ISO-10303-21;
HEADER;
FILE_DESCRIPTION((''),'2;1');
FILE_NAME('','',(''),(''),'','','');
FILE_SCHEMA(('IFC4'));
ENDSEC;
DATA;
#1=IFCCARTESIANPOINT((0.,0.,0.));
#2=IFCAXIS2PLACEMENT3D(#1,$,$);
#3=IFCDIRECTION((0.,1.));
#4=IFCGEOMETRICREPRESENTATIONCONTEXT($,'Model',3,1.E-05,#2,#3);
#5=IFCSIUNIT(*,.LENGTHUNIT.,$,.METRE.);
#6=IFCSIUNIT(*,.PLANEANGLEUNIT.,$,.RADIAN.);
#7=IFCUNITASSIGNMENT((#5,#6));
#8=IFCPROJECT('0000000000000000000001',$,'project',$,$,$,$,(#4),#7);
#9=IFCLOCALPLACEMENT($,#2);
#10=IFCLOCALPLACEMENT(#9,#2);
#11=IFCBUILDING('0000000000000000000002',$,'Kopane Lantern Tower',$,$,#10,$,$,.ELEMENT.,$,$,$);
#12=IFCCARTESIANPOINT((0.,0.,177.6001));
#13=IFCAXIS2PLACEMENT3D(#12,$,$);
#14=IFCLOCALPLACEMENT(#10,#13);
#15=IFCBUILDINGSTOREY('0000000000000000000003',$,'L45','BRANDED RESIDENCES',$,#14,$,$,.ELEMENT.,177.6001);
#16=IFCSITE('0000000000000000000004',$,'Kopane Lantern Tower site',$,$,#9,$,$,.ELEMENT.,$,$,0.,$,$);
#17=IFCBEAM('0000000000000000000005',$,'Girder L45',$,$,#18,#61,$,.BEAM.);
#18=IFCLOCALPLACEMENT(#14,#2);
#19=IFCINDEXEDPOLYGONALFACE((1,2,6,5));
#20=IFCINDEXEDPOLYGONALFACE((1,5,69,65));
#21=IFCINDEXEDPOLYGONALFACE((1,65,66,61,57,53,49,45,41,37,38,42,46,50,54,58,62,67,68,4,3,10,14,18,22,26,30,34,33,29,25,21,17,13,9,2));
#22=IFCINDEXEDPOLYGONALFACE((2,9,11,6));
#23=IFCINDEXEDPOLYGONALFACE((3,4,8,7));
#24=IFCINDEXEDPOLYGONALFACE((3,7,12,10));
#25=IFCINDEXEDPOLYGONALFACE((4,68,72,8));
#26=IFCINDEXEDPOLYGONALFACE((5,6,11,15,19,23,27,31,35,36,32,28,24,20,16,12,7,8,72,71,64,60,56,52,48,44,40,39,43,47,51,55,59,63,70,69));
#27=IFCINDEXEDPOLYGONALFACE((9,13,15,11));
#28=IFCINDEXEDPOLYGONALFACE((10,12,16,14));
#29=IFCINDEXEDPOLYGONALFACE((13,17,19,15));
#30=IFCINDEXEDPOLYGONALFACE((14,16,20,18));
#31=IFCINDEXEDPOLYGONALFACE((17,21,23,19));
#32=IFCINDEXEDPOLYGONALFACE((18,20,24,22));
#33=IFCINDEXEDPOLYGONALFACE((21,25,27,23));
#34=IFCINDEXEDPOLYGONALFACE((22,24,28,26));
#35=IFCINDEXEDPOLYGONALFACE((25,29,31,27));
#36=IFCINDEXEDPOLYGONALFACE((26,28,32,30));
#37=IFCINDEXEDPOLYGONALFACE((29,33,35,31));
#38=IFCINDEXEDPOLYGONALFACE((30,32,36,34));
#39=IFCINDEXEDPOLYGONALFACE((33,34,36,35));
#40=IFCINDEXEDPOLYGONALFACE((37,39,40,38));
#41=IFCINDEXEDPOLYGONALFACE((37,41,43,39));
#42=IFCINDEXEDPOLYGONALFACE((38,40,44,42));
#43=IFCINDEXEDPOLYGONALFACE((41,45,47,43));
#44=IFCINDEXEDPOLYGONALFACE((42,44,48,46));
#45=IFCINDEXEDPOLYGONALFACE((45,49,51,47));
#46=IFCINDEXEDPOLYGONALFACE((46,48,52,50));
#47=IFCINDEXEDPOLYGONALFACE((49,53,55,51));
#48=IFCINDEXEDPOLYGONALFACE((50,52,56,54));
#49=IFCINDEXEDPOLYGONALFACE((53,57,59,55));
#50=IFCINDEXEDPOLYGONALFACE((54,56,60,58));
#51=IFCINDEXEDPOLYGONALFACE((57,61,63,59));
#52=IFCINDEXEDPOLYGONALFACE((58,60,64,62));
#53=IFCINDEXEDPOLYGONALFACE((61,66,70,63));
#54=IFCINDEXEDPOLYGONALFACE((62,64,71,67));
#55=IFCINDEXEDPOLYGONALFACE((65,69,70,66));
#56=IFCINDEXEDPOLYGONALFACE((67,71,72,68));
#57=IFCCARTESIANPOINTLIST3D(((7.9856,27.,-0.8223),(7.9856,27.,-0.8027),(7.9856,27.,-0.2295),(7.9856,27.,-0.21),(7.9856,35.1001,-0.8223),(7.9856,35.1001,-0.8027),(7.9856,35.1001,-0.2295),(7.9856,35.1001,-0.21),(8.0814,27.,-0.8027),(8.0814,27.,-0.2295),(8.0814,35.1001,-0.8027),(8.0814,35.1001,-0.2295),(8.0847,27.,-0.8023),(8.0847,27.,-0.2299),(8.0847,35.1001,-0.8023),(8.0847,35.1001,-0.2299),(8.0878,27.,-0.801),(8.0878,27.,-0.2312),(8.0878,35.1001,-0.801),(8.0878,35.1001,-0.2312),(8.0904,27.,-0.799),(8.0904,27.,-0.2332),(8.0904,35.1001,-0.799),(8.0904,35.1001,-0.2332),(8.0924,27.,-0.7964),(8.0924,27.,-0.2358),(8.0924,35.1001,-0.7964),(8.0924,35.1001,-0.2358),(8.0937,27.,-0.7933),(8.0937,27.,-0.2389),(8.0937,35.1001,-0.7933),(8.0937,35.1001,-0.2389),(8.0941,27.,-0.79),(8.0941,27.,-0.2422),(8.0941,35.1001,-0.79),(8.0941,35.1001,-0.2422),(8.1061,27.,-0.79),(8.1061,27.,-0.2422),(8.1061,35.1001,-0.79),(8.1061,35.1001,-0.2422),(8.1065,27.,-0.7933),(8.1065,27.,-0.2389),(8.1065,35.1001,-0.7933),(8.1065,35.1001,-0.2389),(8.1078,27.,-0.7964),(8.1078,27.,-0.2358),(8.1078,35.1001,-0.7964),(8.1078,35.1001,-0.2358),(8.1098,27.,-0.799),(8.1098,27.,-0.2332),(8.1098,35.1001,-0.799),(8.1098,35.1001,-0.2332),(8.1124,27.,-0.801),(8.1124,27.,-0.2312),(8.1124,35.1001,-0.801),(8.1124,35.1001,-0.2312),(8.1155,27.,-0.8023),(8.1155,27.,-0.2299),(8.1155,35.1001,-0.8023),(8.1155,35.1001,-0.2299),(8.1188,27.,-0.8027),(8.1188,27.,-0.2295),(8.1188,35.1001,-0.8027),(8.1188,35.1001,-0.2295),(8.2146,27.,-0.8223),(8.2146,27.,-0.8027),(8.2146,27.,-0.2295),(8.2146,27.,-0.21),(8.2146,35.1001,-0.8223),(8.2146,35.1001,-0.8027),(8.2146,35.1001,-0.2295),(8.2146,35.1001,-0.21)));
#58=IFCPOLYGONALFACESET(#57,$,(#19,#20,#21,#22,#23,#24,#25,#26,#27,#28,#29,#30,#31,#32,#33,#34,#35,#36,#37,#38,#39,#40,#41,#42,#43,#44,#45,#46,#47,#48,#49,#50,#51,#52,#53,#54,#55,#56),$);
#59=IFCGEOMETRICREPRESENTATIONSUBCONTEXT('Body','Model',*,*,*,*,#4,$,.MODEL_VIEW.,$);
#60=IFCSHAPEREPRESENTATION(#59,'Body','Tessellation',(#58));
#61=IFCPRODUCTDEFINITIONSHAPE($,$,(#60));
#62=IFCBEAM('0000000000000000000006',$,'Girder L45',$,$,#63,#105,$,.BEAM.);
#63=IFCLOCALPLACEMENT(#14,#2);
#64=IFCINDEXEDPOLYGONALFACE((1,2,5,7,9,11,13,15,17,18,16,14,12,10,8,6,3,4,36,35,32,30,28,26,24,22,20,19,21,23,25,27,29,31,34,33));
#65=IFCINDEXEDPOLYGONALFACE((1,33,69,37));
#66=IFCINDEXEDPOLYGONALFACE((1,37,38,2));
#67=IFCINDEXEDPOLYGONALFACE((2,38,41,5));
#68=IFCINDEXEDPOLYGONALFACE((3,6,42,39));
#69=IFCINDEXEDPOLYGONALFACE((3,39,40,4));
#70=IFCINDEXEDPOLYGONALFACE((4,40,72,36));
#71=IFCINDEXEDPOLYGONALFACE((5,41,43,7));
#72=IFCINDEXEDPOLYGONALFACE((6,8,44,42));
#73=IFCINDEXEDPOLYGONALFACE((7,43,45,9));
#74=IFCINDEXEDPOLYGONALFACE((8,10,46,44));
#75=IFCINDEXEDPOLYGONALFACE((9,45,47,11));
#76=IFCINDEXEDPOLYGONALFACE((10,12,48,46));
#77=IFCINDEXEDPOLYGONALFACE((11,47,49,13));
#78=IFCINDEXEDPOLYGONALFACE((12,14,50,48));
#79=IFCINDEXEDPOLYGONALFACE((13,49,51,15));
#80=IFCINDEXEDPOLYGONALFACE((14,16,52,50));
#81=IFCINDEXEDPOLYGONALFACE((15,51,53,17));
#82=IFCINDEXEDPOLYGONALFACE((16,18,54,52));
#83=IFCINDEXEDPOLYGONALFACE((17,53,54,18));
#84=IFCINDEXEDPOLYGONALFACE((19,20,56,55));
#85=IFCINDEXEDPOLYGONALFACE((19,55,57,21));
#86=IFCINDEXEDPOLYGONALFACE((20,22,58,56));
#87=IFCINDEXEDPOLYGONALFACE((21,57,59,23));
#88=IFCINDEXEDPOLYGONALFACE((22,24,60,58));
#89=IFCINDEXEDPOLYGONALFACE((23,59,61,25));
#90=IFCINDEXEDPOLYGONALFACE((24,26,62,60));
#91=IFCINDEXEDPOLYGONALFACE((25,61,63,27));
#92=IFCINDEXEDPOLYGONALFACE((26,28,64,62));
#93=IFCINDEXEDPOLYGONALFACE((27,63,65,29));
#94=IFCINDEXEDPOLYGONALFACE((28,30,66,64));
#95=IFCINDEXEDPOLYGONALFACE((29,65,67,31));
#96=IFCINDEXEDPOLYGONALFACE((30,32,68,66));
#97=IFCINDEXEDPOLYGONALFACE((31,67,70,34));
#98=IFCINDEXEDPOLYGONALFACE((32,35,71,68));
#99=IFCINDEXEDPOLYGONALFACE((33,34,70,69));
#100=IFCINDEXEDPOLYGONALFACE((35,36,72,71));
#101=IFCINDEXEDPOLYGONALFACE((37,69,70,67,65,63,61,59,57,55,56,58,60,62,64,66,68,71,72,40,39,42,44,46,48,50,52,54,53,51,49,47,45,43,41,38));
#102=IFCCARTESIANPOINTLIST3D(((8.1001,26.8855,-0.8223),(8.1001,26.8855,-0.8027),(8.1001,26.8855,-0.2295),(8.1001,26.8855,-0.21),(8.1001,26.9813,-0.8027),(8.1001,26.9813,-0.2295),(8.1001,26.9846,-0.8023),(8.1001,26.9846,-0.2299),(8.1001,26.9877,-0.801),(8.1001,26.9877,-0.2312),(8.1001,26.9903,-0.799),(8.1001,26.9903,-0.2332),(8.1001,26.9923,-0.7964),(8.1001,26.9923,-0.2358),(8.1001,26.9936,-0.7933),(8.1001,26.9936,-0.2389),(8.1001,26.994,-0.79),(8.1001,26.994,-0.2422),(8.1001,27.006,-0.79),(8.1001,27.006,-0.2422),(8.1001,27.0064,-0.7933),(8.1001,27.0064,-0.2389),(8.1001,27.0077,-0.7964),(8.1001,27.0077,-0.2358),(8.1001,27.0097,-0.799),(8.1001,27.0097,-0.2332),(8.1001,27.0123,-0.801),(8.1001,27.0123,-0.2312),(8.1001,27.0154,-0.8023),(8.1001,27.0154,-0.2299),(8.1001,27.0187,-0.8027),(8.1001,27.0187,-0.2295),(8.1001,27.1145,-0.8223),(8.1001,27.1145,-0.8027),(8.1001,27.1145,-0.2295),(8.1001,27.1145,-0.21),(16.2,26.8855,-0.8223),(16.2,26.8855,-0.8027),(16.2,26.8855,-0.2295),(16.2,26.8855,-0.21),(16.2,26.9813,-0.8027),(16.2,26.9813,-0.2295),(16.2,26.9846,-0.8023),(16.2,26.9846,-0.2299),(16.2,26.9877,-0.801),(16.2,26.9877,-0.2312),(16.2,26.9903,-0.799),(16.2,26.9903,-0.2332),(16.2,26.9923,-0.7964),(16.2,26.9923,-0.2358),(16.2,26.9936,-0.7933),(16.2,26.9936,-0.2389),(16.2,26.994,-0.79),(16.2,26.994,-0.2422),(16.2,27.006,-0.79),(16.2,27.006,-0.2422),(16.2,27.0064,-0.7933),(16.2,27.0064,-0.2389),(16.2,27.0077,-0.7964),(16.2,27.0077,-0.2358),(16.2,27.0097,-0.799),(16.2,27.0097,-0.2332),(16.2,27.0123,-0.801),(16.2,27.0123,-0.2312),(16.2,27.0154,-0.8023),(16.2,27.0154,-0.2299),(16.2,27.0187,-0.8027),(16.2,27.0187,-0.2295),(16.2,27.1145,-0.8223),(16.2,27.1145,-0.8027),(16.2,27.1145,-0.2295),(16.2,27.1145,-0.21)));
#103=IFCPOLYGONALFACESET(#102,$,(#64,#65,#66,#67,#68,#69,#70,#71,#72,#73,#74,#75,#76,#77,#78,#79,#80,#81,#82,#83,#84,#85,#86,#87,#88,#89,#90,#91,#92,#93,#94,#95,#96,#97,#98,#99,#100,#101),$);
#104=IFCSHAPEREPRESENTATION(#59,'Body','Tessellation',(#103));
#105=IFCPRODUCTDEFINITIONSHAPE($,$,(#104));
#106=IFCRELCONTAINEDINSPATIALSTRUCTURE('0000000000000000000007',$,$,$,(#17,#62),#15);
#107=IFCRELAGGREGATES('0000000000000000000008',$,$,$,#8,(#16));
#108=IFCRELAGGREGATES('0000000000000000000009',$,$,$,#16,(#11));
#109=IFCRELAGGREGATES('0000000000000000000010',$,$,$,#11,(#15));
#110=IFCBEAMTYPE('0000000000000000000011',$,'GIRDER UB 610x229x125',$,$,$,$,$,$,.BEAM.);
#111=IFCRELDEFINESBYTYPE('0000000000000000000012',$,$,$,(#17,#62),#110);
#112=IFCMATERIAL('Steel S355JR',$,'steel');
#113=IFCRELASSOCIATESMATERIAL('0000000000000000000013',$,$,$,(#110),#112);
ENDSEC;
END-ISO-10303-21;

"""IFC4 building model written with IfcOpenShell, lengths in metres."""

from ifc_helpers import new_model, si_unit, direction, frame, origin, origin_2d, place, context, subcontext, project, spatial, i_section, extrude, material, material_profile, profile_set, type_object, element, save


model = new_model("IFC4")

# Units and contexts
model_context = context("Model", 3, precision=1e-05, world=origin(), true_north=direction((0.0, 1.0)))
body_context = subcontext(model_context, "Body", "Model", "MODEL_VIEW")
ifc_project = project(units=[si_unit("LENGTHUNIT", "METRE"), si_unit("PLANEANGLEUNIT", "RADIAN")], contexts=[model_context])

# Site, building, storey
site_placement = place(None, origin())
site = spatial("IfcSite", under=ifc_project, at=site_placement, Name="Kopane Lantern Tower site", CompositionType="ELEMENT", RefElevation=0.0)
building_placement = place(site_placement, origin())
building = spatial("IfcBuilding", under=site, at=building_placement, Name="Kopane Lantern Tower", CompositionType="ELEMENT")
storey_placement = place(building_placement, frame((0.0, 0.0, 177.6001)))
storey = spatial("IfcBuildingStorey", under=building, at=storey_placement, Name="L45", Description="BRANDED RESIDENCES", CompositionType="ELEMENT", Elevation=177.6001)

# Beams
ifc_material_1 = material(Name="Steel S355JR", Category="steel")
ifc_material_profile_1 = material_profile(ifc_material_1, i_section(OverallWidth=0.229, OverallDepth=0.6123, WebThickness=0.012, FlangeThickness=0.0195, FilletRadius=0.0127, at=origin_2d()), Name="UB 610x229x125")
ifc_profile_set_1 = profile_set([ifc_material_profile_1], Name="Steel S355JR")
beam_type = type_object("IfcBeamType", Name="GIRDER UB 610x229x125", PredefinedType="BEAM", material=ifc_profile_set_1)
for number, where, z_axis, x_axis, name in (
    (1, (8.1001, 27.0, -0.5161), (0.0, 1.0, 0.0), (-1.0, 0.0, 0.0), "Girder L45"),
):
    element("IfcBeam", number, at=place(storey_placement, frame(where, z_axis=z_axis, x_axis=x_axis)), inside=storey, type_object=beam_type, Name=name, PredefinedType="BEAM", context=body_context, shape_type="SweptSolid", body=[
        extrude(i_section(OverallWidth=0.229, OverallDepth=0.6123, WebThickness=0.012, FlangeThickness=0.0195, FilletRadius=0.0127, at=origin_2d()), origin(), (0.0, 0.0, 1.0), 8.1001),
    ])
beam_placement = place(storey_placement, frame((8.1001, 27.0, -0.5161), z_axis=(1.0, 0.0, 0.0), x_axis=(0.0, 1.0, 0.0)))
element("IfcBeam", 2, at=beam_placement, inside=storey, type_object=beam_type, Name="Girder L45", PredefinedType="BEAM", context=body_context, shape_type="SweptSolid", body=[
    extrude(i_section(OverallWidth=0.229, OverallDepth=0.6123, WebThickness=0.012, FlangeThickness=0.0195, FilletRadius=0.0127, at=origin_2d()), origin(), (0.0, 0.0, 1.0), 8.0999),
])

save(model, "model.ifc")
